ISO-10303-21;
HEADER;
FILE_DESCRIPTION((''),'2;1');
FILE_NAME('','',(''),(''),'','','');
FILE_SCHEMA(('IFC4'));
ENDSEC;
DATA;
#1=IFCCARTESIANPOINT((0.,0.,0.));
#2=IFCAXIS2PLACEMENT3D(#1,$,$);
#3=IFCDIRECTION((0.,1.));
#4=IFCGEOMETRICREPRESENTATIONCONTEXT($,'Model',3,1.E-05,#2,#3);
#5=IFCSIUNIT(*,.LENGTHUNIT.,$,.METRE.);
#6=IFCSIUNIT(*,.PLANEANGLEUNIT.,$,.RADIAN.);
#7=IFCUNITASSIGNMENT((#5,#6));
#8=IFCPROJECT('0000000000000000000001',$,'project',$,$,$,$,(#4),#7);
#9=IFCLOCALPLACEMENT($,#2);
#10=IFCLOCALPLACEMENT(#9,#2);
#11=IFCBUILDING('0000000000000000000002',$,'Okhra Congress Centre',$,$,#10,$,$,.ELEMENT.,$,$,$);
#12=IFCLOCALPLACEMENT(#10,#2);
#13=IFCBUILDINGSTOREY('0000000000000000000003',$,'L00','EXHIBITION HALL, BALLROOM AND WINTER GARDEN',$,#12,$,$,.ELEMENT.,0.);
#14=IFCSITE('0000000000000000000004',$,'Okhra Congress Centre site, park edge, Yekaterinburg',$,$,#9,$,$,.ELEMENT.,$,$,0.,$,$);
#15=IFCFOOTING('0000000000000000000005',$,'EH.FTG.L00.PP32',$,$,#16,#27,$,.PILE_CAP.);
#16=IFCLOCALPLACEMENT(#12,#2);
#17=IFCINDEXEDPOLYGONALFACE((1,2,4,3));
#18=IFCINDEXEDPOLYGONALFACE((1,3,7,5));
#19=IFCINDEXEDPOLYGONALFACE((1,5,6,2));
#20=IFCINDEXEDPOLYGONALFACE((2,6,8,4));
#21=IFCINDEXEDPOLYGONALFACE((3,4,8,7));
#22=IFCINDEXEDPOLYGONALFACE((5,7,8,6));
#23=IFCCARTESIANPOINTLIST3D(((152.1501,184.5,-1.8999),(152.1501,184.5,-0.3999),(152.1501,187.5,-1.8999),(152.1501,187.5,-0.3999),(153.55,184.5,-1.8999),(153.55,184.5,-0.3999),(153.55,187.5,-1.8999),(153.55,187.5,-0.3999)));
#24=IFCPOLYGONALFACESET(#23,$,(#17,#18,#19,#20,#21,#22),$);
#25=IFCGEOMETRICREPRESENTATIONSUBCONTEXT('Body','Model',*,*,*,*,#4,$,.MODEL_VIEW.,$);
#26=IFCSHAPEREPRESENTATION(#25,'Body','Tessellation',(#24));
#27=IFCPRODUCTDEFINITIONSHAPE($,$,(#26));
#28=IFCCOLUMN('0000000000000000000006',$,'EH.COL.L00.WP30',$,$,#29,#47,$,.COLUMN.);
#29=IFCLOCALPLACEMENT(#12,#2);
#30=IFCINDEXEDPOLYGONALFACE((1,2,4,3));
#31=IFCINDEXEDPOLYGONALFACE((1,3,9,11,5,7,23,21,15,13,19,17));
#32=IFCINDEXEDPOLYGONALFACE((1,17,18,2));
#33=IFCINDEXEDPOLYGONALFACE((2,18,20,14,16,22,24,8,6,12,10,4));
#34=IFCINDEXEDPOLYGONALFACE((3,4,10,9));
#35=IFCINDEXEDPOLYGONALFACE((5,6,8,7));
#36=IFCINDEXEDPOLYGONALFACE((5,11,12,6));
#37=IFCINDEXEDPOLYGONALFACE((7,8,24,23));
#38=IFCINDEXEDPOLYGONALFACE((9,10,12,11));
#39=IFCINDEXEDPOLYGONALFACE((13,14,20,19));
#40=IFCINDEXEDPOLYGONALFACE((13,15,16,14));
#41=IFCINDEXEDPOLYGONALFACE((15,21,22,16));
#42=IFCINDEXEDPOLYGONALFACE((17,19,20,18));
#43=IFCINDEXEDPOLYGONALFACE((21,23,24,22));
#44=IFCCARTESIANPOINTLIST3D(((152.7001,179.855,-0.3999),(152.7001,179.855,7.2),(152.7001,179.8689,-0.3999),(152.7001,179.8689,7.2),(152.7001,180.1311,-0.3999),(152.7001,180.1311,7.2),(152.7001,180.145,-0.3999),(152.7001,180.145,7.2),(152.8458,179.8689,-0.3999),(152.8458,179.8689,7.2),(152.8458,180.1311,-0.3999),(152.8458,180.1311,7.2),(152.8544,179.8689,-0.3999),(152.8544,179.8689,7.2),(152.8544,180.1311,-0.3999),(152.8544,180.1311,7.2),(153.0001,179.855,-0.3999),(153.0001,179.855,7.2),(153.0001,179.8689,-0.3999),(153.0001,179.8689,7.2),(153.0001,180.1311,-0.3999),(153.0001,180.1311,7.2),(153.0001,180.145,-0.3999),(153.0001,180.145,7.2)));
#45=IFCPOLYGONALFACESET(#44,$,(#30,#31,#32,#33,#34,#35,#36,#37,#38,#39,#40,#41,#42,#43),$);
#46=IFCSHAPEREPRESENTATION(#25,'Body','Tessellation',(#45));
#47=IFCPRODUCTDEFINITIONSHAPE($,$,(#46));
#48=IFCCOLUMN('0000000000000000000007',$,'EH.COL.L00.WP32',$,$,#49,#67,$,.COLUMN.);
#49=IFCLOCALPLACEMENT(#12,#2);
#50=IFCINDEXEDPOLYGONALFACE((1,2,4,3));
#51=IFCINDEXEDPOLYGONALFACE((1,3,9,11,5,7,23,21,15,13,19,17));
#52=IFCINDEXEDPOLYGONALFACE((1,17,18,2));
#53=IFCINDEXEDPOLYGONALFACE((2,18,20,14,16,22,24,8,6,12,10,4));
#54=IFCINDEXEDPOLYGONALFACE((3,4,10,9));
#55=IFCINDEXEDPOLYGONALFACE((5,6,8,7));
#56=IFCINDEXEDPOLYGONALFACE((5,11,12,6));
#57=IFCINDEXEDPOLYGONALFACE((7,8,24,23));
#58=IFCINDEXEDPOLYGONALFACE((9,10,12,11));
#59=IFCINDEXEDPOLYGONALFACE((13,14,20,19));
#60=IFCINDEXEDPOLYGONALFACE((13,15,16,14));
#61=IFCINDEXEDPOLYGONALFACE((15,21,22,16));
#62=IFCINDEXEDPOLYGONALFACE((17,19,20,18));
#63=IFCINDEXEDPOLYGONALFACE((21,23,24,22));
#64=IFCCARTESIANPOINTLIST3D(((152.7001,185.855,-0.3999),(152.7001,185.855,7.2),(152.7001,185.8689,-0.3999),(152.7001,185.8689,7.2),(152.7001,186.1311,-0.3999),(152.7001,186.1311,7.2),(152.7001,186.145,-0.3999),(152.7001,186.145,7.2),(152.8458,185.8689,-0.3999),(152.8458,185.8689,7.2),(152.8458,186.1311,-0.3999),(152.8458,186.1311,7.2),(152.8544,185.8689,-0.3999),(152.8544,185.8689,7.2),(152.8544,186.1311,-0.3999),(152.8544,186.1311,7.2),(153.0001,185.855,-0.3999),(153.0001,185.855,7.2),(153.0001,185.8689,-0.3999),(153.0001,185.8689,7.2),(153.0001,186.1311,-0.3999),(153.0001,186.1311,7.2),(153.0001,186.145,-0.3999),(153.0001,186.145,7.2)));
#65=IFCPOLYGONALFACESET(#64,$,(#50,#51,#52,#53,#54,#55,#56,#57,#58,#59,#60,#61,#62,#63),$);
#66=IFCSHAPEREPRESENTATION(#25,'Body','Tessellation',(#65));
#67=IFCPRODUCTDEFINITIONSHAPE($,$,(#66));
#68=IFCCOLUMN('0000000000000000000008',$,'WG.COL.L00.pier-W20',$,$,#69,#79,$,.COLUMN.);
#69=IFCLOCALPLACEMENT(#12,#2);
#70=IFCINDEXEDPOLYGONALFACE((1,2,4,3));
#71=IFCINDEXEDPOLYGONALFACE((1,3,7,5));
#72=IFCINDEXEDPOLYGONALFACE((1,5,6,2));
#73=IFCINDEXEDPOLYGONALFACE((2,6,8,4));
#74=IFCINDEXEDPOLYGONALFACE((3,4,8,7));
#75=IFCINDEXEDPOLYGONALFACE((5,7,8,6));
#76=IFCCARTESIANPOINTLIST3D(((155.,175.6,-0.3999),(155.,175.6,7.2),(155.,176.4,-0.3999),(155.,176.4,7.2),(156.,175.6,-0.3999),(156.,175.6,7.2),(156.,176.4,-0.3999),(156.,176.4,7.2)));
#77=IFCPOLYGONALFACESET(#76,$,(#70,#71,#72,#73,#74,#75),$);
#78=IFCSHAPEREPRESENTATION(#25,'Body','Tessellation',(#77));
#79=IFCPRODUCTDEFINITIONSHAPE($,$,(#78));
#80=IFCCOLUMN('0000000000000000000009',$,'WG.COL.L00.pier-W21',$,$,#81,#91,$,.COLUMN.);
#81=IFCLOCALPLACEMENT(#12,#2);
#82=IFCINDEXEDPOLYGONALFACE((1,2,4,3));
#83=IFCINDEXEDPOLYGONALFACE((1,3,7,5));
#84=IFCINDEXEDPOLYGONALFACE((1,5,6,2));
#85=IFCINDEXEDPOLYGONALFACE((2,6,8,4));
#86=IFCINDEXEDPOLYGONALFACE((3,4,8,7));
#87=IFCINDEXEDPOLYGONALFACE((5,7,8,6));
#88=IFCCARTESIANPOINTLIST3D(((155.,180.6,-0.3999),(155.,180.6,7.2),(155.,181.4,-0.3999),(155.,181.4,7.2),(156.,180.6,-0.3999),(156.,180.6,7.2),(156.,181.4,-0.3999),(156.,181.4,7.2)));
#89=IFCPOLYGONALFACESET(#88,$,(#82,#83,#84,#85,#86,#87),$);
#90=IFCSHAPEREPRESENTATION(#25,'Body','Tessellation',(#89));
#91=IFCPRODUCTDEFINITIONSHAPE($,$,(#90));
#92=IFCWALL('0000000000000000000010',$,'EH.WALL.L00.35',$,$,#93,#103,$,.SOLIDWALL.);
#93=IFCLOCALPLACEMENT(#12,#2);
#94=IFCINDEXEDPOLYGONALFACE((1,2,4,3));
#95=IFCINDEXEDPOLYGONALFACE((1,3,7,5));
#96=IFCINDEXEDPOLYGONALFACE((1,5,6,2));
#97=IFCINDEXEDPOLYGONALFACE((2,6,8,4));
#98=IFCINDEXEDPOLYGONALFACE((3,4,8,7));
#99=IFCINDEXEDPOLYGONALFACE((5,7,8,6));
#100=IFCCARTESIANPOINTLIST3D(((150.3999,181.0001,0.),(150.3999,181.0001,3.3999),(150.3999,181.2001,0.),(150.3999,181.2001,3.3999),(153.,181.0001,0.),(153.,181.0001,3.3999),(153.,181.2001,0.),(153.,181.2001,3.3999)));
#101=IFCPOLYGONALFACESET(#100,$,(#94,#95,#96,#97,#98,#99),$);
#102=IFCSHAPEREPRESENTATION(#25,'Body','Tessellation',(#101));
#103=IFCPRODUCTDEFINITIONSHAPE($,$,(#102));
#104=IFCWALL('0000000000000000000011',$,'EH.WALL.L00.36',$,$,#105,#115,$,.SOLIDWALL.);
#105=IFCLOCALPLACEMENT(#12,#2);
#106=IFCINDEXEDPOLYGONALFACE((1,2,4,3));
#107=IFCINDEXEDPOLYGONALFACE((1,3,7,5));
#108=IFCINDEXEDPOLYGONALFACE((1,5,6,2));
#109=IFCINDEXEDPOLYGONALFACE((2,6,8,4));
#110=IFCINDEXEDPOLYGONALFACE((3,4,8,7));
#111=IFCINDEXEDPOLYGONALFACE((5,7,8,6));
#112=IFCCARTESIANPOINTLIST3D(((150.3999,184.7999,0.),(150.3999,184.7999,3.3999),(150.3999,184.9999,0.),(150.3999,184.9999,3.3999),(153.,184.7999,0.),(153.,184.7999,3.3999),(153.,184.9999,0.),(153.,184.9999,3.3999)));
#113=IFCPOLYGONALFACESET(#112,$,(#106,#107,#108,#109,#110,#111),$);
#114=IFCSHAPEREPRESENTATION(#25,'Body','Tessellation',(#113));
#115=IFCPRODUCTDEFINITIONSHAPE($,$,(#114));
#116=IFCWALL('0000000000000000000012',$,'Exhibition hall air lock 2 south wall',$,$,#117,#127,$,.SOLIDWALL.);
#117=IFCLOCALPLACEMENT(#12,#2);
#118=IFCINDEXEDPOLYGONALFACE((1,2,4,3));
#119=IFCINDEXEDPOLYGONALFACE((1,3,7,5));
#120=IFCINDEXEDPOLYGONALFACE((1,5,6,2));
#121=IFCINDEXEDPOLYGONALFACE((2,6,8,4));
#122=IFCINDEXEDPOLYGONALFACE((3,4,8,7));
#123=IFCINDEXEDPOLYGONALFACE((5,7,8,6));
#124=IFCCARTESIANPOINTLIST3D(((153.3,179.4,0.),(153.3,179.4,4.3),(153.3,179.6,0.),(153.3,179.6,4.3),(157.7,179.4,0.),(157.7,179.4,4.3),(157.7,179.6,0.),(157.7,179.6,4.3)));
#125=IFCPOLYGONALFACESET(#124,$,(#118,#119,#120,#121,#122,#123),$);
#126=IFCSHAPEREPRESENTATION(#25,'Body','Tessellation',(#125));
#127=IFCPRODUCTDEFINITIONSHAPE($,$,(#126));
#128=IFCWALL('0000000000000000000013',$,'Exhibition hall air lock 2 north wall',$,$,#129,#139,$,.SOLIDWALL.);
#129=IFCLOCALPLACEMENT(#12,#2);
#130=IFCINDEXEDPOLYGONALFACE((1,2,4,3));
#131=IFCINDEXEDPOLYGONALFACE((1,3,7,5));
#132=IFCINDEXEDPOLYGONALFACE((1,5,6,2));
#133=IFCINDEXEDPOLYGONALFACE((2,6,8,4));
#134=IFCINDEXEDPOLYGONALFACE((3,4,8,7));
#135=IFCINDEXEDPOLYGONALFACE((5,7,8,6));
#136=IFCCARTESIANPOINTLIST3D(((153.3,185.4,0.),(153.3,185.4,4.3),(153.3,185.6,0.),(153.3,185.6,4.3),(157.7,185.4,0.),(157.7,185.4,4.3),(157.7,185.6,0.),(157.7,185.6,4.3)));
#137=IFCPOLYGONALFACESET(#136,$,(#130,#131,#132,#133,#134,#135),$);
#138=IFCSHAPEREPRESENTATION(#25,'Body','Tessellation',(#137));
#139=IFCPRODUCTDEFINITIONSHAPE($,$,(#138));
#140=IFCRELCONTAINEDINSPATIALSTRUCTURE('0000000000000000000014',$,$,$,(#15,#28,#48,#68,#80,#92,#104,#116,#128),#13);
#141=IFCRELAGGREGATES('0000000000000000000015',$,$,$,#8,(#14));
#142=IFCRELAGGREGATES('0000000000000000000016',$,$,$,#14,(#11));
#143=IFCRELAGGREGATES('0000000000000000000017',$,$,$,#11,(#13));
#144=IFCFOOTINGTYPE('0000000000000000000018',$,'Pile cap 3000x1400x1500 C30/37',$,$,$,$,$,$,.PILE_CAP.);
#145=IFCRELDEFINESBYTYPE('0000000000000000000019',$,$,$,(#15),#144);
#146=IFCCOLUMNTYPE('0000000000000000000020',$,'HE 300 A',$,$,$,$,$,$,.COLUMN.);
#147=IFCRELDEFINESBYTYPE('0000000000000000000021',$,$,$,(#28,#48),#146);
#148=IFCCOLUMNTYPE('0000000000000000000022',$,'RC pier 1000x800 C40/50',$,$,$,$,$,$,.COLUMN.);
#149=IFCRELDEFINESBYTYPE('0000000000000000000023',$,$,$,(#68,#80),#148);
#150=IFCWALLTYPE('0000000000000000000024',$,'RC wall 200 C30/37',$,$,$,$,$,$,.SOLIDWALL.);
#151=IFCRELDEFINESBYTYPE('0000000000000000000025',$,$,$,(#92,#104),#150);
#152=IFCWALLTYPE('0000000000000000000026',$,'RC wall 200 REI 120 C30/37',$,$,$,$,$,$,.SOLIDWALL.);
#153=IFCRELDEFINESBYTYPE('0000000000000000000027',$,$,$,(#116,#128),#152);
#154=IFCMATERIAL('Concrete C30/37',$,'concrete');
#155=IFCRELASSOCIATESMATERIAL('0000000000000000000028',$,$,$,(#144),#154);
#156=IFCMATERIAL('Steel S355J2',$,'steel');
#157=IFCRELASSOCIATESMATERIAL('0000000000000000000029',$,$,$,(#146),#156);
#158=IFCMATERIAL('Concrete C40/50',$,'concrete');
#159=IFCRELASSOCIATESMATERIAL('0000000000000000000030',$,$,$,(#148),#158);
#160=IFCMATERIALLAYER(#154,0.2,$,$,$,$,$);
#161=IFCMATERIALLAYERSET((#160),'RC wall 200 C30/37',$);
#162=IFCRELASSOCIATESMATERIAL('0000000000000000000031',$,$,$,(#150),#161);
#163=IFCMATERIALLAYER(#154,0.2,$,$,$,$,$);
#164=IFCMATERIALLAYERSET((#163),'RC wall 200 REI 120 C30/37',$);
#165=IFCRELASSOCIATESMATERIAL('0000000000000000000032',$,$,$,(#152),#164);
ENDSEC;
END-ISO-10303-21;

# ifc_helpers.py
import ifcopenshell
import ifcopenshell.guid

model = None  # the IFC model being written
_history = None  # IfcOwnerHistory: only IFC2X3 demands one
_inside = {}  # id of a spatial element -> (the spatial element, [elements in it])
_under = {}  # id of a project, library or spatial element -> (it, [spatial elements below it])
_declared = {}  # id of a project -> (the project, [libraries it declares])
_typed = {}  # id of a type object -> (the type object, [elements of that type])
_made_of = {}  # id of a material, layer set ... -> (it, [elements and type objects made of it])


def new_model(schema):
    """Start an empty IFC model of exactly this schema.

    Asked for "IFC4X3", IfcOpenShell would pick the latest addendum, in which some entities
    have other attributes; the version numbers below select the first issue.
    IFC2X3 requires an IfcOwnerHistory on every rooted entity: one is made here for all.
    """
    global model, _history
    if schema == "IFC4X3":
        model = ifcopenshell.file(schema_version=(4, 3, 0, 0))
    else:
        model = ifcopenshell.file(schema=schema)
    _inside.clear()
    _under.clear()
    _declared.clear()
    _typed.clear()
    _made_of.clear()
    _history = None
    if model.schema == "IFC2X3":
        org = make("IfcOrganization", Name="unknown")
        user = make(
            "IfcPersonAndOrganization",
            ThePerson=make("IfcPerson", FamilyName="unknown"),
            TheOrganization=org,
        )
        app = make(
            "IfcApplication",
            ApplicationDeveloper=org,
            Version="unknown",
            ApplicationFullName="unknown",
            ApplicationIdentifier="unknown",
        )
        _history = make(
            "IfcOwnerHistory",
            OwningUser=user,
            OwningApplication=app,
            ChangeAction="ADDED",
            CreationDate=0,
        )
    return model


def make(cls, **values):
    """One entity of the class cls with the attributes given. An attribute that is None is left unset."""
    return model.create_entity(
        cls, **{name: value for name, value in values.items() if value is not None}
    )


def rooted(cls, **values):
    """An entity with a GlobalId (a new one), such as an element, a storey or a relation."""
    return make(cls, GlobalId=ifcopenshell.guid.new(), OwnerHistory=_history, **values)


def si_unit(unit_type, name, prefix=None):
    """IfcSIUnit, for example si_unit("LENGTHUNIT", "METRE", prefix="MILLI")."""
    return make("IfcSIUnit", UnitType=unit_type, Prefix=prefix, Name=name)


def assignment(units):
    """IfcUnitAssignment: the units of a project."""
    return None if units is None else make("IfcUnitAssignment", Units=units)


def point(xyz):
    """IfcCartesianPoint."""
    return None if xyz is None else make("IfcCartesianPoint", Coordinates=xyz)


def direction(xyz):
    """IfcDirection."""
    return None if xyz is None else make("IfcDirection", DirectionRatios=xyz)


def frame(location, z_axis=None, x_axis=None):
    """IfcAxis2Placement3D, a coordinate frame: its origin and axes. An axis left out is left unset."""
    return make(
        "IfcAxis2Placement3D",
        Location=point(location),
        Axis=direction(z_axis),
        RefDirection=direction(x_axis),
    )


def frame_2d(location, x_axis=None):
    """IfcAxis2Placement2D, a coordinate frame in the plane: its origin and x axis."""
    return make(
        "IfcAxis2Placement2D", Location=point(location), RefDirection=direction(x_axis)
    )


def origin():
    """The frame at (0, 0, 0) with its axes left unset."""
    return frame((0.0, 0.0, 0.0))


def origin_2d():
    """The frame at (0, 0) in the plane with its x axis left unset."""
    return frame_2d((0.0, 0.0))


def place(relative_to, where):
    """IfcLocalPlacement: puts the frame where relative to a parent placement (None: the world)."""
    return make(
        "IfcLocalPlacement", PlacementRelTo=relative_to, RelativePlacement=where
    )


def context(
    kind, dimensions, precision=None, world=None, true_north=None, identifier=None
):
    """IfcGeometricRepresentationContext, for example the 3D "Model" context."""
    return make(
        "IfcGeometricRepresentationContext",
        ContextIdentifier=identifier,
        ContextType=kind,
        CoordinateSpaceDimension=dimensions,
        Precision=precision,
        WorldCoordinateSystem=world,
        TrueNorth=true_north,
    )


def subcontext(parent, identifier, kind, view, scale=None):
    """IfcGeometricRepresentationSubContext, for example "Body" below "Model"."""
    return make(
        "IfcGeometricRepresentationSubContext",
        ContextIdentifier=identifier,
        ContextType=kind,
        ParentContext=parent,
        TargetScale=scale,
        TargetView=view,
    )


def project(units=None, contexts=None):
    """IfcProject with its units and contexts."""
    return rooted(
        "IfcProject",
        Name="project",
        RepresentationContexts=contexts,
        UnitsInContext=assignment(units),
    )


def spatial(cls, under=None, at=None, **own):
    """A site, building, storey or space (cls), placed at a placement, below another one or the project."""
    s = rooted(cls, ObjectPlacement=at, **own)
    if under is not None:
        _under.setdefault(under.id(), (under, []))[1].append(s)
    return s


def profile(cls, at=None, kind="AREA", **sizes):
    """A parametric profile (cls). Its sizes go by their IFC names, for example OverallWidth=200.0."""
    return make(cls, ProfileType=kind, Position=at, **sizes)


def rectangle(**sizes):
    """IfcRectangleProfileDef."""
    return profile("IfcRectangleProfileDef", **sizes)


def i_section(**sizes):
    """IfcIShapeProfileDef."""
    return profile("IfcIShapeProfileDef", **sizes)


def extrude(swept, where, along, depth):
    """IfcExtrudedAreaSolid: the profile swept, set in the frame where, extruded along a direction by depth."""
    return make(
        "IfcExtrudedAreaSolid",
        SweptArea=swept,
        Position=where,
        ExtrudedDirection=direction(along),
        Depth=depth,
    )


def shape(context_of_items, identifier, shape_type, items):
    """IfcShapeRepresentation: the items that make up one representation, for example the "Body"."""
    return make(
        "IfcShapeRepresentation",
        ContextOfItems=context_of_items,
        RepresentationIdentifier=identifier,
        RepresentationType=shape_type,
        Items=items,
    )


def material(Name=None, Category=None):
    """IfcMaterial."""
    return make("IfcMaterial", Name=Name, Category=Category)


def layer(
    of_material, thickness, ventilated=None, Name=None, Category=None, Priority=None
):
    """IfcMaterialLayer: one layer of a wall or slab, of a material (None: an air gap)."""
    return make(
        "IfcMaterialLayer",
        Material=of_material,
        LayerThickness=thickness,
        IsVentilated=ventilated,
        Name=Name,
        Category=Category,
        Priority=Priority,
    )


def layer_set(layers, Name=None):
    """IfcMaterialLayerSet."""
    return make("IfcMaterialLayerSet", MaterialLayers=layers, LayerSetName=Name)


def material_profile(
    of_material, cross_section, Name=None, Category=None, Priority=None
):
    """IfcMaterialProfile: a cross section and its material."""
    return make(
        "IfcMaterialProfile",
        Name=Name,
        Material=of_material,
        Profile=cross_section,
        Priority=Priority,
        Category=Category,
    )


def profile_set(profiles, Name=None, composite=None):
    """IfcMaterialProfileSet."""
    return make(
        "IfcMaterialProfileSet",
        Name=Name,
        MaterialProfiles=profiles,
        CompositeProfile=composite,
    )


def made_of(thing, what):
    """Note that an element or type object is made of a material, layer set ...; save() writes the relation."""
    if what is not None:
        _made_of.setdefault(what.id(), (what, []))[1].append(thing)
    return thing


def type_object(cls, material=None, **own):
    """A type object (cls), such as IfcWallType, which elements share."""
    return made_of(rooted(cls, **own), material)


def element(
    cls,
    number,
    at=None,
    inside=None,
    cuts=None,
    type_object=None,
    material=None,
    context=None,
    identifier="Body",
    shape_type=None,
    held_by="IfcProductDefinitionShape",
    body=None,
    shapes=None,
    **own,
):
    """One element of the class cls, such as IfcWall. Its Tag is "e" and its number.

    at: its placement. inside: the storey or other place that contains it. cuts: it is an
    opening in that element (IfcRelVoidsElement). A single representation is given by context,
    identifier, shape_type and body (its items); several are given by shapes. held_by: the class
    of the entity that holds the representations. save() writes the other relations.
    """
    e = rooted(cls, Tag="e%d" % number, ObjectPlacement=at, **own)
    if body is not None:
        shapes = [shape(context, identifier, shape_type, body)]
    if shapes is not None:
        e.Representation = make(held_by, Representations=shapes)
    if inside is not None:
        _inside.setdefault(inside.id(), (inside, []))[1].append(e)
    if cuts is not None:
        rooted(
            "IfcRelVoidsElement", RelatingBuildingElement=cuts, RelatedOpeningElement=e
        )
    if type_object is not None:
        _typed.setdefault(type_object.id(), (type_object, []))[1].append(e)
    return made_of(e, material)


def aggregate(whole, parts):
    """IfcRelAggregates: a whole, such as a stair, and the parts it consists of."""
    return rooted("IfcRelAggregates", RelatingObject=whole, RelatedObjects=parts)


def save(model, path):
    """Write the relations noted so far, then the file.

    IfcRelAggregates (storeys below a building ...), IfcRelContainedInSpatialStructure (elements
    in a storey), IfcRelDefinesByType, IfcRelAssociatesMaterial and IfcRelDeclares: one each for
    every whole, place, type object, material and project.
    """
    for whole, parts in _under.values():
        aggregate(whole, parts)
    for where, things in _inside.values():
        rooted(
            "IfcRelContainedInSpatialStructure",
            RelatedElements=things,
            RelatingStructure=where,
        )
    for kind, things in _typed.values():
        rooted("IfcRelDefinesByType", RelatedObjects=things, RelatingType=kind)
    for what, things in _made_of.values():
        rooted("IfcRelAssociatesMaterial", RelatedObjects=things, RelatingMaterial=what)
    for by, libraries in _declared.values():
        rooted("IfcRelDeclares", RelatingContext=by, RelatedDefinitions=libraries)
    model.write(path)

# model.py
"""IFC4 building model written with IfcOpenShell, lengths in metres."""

from ifc_helpers import new_model, si_unit, direction, frame, frame_2d, origin, origin_2d, place, context, subcontext, project, spatial, rectangle, i_section, extrude, material, layer, layer_set, material_profile, profile_set, type_object, element, save


model = new_model("IFC4")

# Units and contexts
model_context = context("Model", 3, precision=1e-05, world=origin(), true_north=direction((0.0, 1.0)))
body_context = subcontext(model_context, "Body", "Model", "MODEL_VIEW")
ifc_project = project(units=[si_unit("LENGTHUNIT", "METRE"), si_unit("PLANEANGLEUNIT", "RADIAN")], contexts=[model_context])

# Site, building, storey
site_placement = place(None, origin())
site = spatial("IfcSite", under=ifc_project, at=site_placement, Name="Okhra Congress Centre site, park edge, Yekaterinburg", CompositionType="ELEMENT", RefElevation=0.0)
building_placement = place(site_placement, origin())
building = spatial("IfcBuilding", under=site, at=building_placement, Name="Okhra Congress Centre", CompositionType="ELEMENT")
storey_placement = place(building_placement, origin())
storey = spatial("IfcBuildingStorey", under=building, at=storey_placement, Name="L00", Description="EXHIBITION HALL, BALLROOM AND WINTER GARDEN", CompositionType="ELEMENT", Elevation=0.0)

# Shared definitions
ifc_material_1 = material(Name="Concrete C30/37", Category="concrete")

# Footing
footing_type_1 = type_object("IfcFootingType", Name="Pile cap 3000x1400x1500 C30/37", PredefinedType="PILE_CAP", material=ifc_material_1)
for number, where, z_axis, x_axis, name in (
    (1, (152.8501, 186.0, -1.8999), (0.0, 0.0, 1.0), (0.0, 1.0, 0.0), "EH.FTG.L00.PP32"),
):
    element("IfcFooting", number, at=place(storey_placement, frame(where, z_axis=z_axis, x_axis=x_axis)), inside=storey, type_object=footing_type_1, Name=name, PredefinedType="PILE_CAP", context=body_context, shape_type="SweptSolid", body=[
        extrude(rectangle(XDim=3.0, YDim=1.3999, at=origin_2d()), origin(), (0.0, 0.0, 1.0), 1.5),
    ])

# Columns
ifc_material_2 = material(Name="Steel S355J2", Category="steel")
ifc_material_profile_1 = material_profile(ifc_material_2, i_section(OverallWidth=0.3, OverallDepth=0.29, WebThickness=0.0085, FlangeThickness=0.0139, at=origin_2d()), Name="HE 300 A")
ifc_profile_set_1 = profile_set([ifc_material_profile_1], Name="Steel S355J2")
column_type_1 = type_object("IfcColumnType", Name="HE 300 A", PredefinedType="COLUMN", material=ifc_profile_set_1)
for number, where, z_axis, x_axis, name in (
    (2, (152.8501, 180.0, -0.3999), (0.0, 0.0, 1.0), (1.0, 0.0, 0.0), "EH.COL.L00.WP30"),
    (3, (152.8501, 186.0, -0.3999), (0.0, 0.0, 1.0), (1.0, 0.0, 0.0), "EH.COL.L00.WP32"),
):
    element("IfcColumn", number, at=place(storey_placement, frame(where, z_axis=z_axis, x_axis=x_axis)), inside=storey, type_object=column_type_1, Name=name, PredefinedType="COLUMN", context=body_context, shape_type="SweptSolid", body=[
        extrude(i_section(OverallWidth=0.3, OverallDepth=0.29, WebThickness=0.0085, FlangeThickness=0.0139, at=origin_2d()), origin(), (0.0, 0.0, 1.0), 7.5999),
    ])
ifc_material_3 = material(Name="Concrete C40/50", Category="concrete")
ifc_material_profile_2 = material_profile(ifc_material_3, rectangle(XDim=1.0, YDim=0.8, at=origin_2d()), Name="RC 1000x800")
ifc_profile_set_2 = profile_set([ifc_material_profile_2], Name="Concrete C40/50")
column_type_2 = type_object("IfcColumnType", Name="RC pier 1000x800 C40/50", PredefinedType="COLUMN", material=ifc_profile_set_2)
for number, where, z_axis, x_axis, name in (
    (4, (155.5, 176.0, -0.3999), (0.0, 0.0, 1.0), (1.0, 0.0, 0.0), "WG.COL.L00.pier-W20"),
    (5, (155.5, 181.0, -0.3999), (0.0, 0.0, 1.0), (1.0, 0.0, 0.0), "WG.COL.L00.pier-W21"),
):
    element("IfcColumn", number, at=place(storey_placement, frame(where, z_axis=z_axis, x_axis=x_axis)), inside=storey, type_object=column_type_2, Name=name, PredefinedType="COLUMN", context=body_context, shape_type="SweptSolid", body=[
        extrude(rectangle(XDim=1.0, YDim=0.8, at=origin_2d()), origin(), (0.0, 0.0, 1.0), 7.5999),
    ])

# Shared definitions
ifc_layer_1 = layer(ifc_material_1, 0.2)
ifc_layer_set_1 = layer_set([ifc_layer_1], Name="RC wall 200 C30/37")
wall_type_1 = type_object("IfcWallType", Name="RC wall 200 C30/37", PredefinedType="SOLIDWALL", material=ifc_layer_set_1)

# Walls
for number, where, z_axis, x_axis, name in (
    (6, (150.3999, 181.1001, 0.0), (0.0, 0.0, 1.0), (1.0, 0.0, 0.0), "EH.WALL.L00.35"),
    (7, (150.3999, 184.8999, 0.0), (0.0, 0.0, 1.0), (1.0, 0.0, 0.0), "EH.WALL.L00.36"),
):
    element("IfcWall", number, at=place(storey_placement, frame(where, z_axis=z_axis, x_axis=x_axis)), inside=storey, type_object=wall_type_1, Name=name, PredefinedType="SOLIDWALL", context=body_context, shape_type="SweptSolid", body=[
        extrude(rectangle(XDim=2.6001, YDim=0.2, at=frame_2d((1.3, 0.0))), origin(), (0.0, 0.0, 1.0), 3.3999),
    ])
ifc_layer_2 = layer(ifc_material_1, 0.2)
ifc_layer_set_2 = layer_set([ifc_layer_2], Name="RC wall 200 REI 120 C30/37")
wall_type_2 = type_object("IfcWallType", Name="RC wall 200 REI 120 C30/37", PredefinedType="SOLIDWALL", material=ifc_layer_set_2)
for number, where, z_axis, x_axis, name in (
    (8, (153.3, 179.5, 0.0), (0.0, 0.0, 1.0), (1.0, 0.0, 0.0), "Exhibition hall air lock 2 south wall"),
    (9, (153.3, 185.5, 0.0), (0.0, 0.0, 1.0), (1.0, 0.0, 0.0), "Exhibition hall air lock 2 north wall"),
):
    element("IfcWall", number, at=place(storey_placement, frame(where, z_axis=z_axis, x_axis=x_axis)), inside=storey, type_object=wall_type_2, Name=name, PredefinedType="SOLIDWALL", context=body_context, shape_type="SweptSolid", body=[
        extrude(rectangle(XDim=4.3999, YDim=0.2, at=frame_2d((2.2, 0.0))), origin(), (0.0, 0.0, 1.0), 4.3),
    ])

save(model, "model.ifc")
